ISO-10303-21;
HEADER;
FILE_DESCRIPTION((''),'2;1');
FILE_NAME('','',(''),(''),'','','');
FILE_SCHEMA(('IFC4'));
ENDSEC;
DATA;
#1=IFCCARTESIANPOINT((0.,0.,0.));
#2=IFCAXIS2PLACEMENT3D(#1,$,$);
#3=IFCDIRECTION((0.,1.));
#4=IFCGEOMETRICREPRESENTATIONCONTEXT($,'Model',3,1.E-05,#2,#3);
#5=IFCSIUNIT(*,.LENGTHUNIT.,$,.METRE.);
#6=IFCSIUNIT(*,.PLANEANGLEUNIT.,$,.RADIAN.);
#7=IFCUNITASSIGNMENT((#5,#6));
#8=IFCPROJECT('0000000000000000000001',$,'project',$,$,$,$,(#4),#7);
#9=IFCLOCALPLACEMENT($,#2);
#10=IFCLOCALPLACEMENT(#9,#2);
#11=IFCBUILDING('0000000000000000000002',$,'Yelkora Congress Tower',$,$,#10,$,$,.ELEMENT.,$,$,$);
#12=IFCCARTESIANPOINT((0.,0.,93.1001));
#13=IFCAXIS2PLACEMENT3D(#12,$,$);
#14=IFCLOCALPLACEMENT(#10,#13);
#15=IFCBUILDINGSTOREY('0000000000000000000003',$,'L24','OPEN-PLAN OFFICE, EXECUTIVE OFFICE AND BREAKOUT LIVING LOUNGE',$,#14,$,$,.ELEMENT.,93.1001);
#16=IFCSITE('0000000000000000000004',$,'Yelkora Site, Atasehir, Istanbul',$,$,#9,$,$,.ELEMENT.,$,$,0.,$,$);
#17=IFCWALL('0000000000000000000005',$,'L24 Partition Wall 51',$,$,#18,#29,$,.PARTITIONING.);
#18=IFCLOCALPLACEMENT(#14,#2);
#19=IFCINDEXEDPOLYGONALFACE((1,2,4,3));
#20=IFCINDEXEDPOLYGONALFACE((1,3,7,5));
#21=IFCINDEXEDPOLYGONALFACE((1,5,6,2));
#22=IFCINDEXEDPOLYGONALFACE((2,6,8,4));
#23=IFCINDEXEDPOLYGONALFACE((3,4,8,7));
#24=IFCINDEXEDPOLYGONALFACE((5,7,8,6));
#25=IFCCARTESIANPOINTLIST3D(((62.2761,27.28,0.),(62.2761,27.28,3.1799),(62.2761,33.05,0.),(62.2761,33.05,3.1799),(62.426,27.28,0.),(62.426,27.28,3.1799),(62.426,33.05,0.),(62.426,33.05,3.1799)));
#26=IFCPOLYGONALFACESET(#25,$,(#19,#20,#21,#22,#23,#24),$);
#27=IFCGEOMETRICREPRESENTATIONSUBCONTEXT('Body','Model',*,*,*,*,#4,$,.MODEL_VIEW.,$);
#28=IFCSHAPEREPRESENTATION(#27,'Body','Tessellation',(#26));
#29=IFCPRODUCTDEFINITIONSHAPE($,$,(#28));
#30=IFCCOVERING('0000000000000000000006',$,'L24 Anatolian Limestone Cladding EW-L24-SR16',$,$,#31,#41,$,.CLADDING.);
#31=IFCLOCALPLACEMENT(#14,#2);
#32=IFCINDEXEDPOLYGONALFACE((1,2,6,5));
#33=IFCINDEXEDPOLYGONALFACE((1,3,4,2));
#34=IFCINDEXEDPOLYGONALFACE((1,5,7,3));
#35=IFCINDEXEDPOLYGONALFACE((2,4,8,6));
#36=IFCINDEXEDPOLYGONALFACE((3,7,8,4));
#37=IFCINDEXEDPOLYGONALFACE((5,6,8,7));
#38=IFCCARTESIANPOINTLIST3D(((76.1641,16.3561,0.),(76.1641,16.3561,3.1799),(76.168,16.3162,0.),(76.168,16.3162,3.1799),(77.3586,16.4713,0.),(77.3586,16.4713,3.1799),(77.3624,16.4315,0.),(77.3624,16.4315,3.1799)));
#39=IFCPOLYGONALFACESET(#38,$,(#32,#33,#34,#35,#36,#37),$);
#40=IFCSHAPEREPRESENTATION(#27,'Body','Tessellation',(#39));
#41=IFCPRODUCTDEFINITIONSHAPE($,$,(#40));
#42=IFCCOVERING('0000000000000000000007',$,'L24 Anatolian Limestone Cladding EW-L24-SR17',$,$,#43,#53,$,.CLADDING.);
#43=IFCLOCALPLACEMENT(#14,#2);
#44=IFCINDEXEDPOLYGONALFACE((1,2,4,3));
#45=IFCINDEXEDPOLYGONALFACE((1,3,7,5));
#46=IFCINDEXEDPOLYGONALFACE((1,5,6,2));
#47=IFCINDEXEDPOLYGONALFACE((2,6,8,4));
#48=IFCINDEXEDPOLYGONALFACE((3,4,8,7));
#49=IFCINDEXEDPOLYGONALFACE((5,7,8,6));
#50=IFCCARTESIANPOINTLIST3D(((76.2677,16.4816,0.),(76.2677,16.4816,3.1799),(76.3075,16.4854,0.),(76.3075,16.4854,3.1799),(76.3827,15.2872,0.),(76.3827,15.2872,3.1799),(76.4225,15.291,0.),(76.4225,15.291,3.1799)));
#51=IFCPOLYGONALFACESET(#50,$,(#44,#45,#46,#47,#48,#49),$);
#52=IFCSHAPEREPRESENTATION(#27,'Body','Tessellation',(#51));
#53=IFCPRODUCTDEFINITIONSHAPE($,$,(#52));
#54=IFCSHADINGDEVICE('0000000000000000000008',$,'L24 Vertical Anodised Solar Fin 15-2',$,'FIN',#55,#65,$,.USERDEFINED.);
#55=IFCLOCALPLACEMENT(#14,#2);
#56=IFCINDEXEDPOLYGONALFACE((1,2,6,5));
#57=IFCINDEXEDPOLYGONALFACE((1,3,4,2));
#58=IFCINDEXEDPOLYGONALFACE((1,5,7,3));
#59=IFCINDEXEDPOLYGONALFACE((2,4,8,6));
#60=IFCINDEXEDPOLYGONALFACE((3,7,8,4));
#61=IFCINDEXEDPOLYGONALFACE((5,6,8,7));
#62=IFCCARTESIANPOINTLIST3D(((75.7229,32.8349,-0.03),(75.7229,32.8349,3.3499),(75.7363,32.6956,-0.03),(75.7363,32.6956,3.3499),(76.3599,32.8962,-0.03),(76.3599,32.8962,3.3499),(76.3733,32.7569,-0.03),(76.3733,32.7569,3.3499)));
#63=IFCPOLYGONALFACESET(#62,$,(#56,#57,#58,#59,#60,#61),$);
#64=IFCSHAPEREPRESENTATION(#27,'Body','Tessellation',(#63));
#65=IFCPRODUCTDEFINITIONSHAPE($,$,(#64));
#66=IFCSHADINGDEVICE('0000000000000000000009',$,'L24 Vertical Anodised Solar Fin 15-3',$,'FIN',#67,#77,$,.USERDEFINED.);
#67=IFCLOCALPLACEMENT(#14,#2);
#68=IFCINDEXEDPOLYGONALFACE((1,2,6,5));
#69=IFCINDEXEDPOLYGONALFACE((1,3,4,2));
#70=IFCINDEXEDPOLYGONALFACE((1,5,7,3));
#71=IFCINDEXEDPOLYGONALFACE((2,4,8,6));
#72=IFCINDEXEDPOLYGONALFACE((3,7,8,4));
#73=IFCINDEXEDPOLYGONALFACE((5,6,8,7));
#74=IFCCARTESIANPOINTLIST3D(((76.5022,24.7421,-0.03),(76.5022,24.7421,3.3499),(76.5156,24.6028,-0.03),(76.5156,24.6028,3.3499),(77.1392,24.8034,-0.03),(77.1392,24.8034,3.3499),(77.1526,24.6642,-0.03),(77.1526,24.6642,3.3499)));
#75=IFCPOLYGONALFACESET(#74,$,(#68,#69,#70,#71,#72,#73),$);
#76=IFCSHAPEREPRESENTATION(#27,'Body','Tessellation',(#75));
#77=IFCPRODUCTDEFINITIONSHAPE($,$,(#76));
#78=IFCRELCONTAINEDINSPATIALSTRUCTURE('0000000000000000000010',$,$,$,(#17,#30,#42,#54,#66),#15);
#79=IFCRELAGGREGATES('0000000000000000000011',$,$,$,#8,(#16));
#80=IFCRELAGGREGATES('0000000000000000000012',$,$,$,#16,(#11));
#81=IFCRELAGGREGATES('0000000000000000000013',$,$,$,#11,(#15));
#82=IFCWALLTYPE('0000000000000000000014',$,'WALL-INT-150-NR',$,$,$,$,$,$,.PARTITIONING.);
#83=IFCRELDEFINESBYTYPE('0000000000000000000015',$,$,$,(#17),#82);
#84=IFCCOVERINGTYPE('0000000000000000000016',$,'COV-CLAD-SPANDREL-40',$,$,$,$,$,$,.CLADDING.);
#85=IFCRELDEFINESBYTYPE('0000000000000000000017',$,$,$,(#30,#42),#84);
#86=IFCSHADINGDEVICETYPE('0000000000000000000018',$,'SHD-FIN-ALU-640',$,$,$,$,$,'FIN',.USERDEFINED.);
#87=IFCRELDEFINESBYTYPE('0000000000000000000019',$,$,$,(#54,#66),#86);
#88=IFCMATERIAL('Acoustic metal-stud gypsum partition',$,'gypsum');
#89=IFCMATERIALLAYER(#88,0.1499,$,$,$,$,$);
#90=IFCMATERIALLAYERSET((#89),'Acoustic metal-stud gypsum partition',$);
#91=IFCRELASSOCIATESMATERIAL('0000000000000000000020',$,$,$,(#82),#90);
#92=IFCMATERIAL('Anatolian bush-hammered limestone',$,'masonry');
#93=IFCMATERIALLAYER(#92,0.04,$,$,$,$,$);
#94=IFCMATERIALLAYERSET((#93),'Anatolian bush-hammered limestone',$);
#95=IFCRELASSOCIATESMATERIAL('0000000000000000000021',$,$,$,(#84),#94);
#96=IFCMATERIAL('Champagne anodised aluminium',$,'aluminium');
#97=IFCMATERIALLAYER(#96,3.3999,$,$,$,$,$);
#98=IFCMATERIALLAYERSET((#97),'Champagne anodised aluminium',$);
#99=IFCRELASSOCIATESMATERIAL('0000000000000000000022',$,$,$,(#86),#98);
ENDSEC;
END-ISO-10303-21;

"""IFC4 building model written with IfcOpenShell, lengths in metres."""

from ifc_helpers import new_model, si_unit, direction, frame, frame_2d, origin, origin_2d, place, context, subcontext, project, spatial, rectangle, extrude, material, layer, layer_set, type_object, element, save


model = new_model("IFC4")

# Units and contexts
model_context = context("Model", 3, precision=1e-05, world=origin(), true_north=direction((0.0, 1.0)))
body_context = subcontext(model_context, "Body", "Model", "MODEL_VIEW")
ifc_project = project(units=[si_unit("LENGTHUNIT", "METRE"), si_unit("PLANEANGLEUNIT", "RADIAN")], contexts=[model_context])

# Site, building, storey
site_placement = place(None, origin())
site = spatial("IfcSite", under=ifc_project, at=site_placement, Name="Yelkora Site, Atasehir, Istanbul", CompositionType="ELEMENT", RefElevation=0.0)
building_placement = place(site_placement, origin())
building = spatial("IfcBuilding", under=site, at=building_placement, Name="Yelkora Congress Tower", CompositionType="ELEMENT")
storey_placement = place(building_placement, frame((0.0, 0.0, 93.1001)))
storey = spatial("IfcBuildingStorey", under=building, at=storey_placement, Name="L24", Description="OPEN-PLAN OFFICE, EXECUTIVE OFFICE AND BREAKOUT LIVING LOUNGE", CompositionType="ELEMENT", Elevation=93.1001)

# Shared definitions
ifc_material_1 = material(Name="Acoustic metal-stud gypsum partition", Category="gypsum")
ifc_layer_1 = layer(ifc_material_1, 0.1499)
ifc_layer_set_1 = layer_set([ifc_layer_1], Name="Acoustic metal-stud gypsum partition")
wall_type_1 = type_object("IfcWallType", Name="WALL-INT-150-NR", PredefinedType="PARTITIONING", material=ifc_layer_set_1)

# Wall
wall_1_placement = place(storey_placement, frame((62.3511, 27.28, 0.0), z_axis=(0.0, 0.0, 1.0), x_axis=(0.0, 1.0, 0.0)))
element("IfcWall", 1, at=wall_1_placement, inside=storey, type_object=wall_type_1, Name="L24 Partition Wall 51", PredefinedType="PARTITIONING", context=body_context, shape_type="SweptSolid", body=[
    extrude(rectangle(XDim=5.77, YDim=0.1499, at=frame_2d((2.885, 0.0))), origin(), (0.0, 0.0, 1.0), 3.1799),
])

# Coverings
ifc_material_2 = material(Name="Anatolian bush-hammered limestone", Category="masonry")
ifc_layer_2 = layer(ifc_material_2, 0.04)
ifc_layer_set_2 = layer_set([ifc_layer_2], Name="Anatolian bush-hammered limestone")
covering_type = type_object("IfcCoveringType", Name="COV-CLAD-SPANDREL-40", PredefinedType="CLADDING", material=ifc_layer_set_2)
for number, where, z_axis, x_axis, name in (
    (2, (77.3606, 16.4514, 0.0), (0.0, 0.0, 1.0), (-0.995378, -0.096038, 0.0), "L24 Anatolian Limestone Cladding EW-L24-SR16"),
    (3, (76.2876, 16.4836, 0.0), (0.0, 0.0, 1.0), (0.095836, -0.995397, 0.0), "L24 Anatolian Limestone Cladding EW-L24-SR17"),
):
    element("IfcCovering", number, at=place(storey_placement, frame(where, z_axis=z_axis, x_axis=x_axis)), inside=storey, type_object=covering_type, Name=name, PredefinedType="CLADDING", context=body_context, shape_type="SweptSolid", body=[
        extrude(rectangle(XDim=1.2, YDim=0.04, at=frame_2d((0.6001, 0.0))), origin(), (0.0, 0.0, 1.0), 3.1799),
    ])

# Shading devices
ifc_material_3 = material(Name="Champagne anodised aluminium", Category="aluminium")
ifc_layer_3 = layer(ifc_material_3, 3.3999)
ifc_layer_set_3 = layer_set([ifc_layer_3], Name="Champagne anodised aluminium")
shading_device_type = type_object("IfcShadingDeviceType", Name="SHD-FIN-ALU-640", ElementType="FIN", PredefinedType="USERDEFINED", material=ifc_layer_set_3)
for number, where, z_axis, x_axis, name in (
    (4, (76.0481, 32.7959, -0.03), (0.0, 0.0, 1.0), (0.095846, -0.995396, 0.0), "L24 Vertical Anodised Solar Fin 15-2"),
    (5, (76.8274, 24.7031, -0.03), (0.0, 0.0, 1.0), (0.095846, -0.995396, 0.0), "L24 Vertical Anodised Solar Fin 15-3"),
):
    element("IfcShadingDevice", number, at=place(storey_placement, frame(where, z_axis=z_axis, x_axis=x_axis)), inside=storey, type_object=shading_device_type, Name=name, ObjectType="FIN", PredefinedType="USERDEFINED", context=body_context, shape_type="SweptSolid", body=[
        extrude(rectangle(XDim=0.1399, YDim=0.6399, at=origin_2d()), origin(), (0.0, 0.0, 1.0), 3.3799),
    ])

save(model, "model.ifc")
